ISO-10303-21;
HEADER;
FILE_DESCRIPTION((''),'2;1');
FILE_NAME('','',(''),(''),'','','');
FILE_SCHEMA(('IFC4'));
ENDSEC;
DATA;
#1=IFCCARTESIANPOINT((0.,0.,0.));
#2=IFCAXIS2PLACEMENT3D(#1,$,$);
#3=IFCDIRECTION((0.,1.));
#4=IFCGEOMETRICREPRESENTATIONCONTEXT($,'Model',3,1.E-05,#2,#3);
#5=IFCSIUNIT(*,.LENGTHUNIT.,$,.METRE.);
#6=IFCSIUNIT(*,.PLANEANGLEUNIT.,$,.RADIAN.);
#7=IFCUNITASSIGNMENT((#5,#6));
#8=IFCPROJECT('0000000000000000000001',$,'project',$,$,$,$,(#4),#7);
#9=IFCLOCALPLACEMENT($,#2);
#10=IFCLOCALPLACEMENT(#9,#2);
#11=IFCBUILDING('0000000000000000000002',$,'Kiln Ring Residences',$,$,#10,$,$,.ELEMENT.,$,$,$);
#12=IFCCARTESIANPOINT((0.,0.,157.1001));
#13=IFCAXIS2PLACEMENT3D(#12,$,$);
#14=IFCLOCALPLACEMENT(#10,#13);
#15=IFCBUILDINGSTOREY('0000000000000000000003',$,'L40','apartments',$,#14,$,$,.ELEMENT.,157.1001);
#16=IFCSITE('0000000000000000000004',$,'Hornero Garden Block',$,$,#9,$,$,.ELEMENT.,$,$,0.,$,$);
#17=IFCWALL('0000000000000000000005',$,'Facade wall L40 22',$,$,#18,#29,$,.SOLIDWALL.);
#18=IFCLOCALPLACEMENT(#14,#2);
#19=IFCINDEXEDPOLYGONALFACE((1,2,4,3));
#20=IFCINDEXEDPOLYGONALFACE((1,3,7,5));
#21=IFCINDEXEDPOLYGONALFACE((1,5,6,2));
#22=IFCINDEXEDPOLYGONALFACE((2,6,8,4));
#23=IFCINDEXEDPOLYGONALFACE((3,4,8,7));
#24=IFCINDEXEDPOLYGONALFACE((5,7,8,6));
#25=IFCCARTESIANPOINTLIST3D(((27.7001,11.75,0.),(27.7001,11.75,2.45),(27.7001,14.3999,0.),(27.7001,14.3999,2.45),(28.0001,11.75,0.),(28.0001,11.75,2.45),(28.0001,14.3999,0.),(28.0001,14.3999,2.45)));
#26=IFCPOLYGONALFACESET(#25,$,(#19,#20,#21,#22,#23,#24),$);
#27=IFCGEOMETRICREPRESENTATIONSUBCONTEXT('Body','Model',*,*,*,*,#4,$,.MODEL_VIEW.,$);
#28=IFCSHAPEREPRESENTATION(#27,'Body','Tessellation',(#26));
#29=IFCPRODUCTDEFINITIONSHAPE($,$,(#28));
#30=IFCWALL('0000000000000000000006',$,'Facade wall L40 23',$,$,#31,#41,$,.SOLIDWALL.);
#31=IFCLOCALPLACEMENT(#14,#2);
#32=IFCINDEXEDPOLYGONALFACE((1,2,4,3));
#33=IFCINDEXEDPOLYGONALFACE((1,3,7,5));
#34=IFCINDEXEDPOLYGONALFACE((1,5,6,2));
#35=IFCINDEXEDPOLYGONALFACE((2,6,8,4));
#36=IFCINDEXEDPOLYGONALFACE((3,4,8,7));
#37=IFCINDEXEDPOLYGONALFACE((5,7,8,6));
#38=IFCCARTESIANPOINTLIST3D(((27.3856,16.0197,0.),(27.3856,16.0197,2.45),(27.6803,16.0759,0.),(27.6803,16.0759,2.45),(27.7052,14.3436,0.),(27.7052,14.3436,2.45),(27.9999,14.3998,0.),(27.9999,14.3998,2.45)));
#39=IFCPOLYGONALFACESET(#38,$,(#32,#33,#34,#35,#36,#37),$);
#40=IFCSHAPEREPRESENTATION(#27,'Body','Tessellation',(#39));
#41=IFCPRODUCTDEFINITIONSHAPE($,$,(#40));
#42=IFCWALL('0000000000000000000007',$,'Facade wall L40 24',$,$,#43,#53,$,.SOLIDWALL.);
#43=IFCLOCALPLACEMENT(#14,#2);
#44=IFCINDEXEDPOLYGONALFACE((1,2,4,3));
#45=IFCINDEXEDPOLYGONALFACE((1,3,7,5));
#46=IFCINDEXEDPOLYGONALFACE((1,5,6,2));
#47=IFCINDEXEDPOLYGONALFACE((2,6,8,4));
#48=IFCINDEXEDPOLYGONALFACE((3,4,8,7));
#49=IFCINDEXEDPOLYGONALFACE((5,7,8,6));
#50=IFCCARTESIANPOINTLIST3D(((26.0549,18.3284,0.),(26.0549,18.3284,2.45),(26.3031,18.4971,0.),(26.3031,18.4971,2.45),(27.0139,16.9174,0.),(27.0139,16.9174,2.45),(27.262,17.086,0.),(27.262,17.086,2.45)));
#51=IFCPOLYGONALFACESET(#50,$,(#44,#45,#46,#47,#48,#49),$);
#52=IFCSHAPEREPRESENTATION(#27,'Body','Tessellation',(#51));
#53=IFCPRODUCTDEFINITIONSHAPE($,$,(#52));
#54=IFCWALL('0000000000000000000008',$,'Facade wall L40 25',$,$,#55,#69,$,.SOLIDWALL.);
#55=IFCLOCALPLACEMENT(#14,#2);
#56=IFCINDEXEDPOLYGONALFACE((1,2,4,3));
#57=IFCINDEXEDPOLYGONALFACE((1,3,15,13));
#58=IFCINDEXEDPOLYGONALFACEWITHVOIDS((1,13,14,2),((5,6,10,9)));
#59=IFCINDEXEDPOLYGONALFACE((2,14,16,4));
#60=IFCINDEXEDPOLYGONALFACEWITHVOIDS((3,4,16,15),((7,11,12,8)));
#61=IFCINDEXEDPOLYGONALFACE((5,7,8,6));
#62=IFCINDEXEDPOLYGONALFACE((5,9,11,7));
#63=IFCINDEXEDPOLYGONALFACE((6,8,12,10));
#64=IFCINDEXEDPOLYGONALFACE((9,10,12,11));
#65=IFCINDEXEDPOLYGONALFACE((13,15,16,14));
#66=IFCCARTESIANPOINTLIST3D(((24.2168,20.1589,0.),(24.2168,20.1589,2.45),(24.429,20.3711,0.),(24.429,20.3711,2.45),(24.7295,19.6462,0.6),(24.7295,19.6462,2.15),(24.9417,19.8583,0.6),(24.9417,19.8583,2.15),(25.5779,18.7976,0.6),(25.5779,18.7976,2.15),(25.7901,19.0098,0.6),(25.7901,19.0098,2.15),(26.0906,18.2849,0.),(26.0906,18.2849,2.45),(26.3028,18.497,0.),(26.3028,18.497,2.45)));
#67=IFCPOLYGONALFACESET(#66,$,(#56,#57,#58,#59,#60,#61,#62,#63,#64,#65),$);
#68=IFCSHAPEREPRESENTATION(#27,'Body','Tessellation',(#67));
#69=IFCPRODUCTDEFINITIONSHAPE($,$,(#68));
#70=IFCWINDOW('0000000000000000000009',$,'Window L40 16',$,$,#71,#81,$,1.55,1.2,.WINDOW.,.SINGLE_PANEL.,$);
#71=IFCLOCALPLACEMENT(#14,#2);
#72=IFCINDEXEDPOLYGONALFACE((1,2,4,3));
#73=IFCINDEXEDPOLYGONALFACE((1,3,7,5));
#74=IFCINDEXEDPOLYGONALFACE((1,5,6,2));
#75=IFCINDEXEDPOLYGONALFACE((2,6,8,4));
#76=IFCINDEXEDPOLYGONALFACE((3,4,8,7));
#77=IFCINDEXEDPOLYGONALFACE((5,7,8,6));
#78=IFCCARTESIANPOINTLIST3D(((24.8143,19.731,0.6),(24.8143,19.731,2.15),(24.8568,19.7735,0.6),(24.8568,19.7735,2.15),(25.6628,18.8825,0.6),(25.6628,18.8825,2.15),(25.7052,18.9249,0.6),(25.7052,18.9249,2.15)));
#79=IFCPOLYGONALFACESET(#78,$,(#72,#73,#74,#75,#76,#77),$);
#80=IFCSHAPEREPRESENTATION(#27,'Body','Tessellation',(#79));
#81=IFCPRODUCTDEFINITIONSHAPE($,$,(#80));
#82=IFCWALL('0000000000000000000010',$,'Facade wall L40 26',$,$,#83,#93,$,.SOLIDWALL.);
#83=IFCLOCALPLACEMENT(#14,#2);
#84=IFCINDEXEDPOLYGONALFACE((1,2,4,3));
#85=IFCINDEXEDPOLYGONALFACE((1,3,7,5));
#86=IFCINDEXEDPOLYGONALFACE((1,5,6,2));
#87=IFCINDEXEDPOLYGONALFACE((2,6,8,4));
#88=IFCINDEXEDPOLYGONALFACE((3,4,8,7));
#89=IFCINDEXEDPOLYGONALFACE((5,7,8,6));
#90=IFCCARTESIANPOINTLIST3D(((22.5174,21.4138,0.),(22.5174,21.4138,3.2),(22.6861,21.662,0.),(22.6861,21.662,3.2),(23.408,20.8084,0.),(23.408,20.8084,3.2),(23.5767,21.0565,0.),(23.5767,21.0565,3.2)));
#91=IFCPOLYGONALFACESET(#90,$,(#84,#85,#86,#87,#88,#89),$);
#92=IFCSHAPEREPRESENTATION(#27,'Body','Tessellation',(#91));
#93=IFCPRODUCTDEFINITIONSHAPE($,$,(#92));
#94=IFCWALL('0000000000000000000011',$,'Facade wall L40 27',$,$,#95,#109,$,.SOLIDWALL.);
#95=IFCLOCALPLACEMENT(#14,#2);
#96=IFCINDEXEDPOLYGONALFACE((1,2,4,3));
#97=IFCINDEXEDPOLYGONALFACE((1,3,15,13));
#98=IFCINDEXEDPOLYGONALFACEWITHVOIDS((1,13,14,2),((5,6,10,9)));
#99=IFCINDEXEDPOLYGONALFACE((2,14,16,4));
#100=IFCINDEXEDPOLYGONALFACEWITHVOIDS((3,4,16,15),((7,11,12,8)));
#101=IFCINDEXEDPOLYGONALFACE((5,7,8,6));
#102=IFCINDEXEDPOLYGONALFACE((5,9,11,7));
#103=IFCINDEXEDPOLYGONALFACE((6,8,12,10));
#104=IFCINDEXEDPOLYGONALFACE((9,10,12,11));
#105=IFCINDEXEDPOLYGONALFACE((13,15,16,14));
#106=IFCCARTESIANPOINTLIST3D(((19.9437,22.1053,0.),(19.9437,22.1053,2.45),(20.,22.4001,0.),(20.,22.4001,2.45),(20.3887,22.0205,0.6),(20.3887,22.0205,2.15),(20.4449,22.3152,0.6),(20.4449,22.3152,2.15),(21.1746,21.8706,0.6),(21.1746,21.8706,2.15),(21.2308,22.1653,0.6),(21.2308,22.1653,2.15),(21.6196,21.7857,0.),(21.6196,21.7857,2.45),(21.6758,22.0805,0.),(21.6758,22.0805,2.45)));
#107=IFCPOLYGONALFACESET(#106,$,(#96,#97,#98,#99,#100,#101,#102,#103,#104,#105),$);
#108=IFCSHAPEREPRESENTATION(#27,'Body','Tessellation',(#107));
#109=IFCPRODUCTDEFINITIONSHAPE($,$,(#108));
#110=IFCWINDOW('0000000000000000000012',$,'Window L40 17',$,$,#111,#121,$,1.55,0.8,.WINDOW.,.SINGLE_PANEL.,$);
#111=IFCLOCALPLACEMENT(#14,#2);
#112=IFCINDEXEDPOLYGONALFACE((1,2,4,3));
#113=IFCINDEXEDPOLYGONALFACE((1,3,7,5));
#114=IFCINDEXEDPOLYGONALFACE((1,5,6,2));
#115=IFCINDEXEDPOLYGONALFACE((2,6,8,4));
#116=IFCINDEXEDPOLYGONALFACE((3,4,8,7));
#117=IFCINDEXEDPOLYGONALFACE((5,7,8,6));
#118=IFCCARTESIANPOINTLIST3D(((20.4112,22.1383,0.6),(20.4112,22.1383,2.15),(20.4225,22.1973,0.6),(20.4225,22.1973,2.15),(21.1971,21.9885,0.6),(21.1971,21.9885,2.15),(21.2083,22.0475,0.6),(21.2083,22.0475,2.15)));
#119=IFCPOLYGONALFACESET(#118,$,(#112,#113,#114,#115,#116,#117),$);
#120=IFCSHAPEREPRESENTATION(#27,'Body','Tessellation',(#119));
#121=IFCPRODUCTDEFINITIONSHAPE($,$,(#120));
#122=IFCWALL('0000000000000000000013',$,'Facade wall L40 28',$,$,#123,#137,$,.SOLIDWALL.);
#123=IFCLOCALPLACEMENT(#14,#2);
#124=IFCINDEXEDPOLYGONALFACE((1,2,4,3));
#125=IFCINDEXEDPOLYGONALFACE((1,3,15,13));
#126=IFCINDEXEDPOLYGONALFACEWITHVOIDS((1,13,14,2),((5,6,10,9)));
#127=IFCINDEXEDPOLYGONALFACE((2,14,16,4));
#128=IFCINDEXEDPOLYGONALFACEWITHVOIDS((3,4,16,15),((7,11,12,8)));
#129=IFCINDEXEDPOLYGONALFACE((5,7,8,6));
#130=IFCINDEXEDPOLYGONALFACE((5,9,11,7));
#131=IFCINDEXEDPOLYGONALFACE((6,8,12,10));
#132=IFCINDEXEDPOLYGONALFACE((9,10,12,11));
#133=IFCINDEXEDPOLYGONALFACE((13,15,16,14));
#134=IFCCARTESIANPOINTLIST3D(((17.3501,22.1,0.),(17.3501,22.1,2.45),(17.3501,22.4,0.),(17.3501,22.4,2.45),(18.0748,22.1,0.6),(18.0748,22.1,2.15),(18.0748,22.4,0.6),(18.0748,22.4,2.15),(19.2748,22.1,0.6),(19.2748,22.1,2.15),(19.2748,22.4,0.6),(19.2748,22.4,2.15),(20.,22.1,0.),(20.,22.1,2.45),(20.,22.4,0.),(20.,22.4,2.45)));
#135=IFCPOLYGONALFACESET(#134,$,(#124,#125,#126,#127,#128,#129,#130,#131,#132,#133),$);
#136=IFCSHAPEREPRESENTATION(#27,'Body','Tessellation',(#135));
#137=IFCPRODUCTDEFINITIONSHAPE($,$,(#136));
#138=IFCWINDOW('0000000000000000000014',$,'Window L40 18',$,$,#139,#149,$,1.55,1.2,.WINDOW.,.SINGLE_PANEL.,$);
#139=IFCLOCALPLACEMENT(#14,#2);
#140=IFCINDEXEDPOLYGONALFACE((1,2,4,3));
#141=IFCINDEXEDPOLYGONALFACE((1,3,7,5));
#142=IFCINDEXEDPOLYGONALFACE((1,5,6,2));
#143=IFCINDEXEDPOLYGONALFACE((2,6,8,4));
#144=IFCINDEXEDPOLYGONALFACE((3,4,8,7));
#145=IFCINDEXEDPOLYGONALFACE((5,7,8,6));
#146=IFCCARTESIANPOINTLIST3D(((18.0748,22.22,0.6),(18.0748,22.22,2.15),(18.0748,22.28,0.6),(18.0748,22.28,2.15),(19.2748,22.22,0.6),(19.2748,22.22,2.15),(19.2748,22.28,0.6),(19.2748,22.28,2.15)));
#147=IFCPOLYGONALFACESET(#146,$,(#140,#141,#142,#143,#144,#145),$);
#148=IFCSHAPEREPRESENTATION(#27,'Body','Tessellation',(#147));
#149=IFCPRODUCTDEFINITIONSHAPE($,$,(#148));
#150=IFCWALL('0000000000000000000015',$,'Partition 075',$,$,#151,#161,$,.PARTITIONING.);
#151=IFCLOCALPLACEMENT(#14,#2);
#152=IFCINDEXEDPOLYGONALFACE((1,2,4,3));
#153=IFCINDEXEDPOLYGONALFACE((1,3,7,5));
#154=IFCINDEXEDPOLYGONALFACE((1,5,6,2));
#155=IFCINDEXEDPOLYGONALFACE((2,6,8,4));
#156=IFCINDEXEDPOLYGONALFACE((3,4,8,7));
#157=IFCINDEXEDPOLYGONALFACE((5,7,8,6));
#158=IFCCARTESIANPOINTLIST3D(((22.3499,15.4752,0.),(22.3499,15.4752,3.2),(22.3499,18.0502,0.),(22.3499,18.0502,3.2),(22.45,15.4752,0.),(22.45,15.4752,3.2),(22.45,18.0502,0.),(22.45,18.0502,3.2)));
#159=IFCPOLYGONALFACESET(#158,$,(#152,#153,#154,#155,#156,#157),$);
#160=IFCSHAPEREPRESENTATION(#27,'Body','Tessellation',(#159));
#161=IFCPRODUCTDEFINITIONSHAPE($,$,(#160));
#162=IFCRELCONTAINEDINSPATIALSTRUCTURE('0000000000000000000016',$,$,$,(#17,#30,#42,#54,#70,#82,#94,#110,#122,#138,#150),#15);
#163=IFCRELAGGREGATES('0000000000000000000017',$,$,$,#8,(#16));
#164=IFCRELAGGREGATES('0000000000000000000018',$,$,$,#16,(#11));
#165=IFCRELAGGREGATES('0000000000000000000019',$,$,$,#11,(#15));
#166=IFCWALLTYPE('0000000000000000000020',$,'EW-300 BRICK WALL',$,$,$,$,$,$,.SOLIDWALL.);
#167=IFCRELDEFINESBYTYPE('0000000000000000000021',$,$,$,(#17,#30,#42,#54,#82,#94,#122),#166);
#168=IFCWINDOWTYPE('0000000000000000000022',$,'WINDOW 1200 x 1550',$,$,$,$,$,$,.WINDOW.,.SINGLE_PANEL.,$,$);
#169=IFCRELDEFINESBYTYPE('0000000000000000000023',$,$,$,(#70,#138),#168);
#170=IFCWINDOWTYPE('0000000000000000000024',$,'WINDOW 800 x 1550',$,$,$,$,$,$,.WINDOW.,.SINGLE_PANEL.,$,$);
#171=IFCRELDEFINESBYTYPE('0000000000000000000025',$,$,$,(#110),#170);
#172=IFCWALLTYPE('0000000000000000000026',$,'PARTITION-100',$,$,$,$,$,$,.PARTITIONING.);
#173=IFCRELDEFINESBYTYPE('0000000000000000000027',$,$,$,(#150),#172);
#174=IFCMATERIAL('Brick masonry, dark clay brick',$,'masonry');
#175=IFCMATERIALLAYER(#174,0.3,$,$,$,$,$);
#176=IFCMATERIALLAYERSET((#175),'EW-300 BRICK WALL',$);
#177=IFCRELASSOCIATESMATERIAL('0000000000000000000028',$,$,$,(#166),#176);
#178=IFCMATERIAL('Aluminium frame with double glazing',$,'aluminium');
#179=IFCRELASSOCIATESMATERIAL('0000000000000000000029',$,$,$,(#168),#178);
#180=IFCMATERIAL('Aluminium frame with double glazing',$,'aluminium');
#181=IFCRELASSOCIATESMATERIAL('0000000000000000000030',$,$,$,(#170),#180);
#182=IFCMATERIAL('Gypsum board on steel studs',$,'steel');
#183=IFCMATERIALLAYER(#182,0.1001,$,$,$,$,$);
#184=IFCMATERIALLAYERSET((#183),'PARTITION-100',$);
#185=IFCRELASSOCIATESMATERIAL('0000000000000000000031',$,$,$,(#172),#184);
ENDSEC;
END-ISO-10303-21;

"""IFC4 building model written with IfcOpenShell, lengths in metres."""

from ifc_helpers import new_model, si_unit, direction, frame, frame_2d, origin, place, context, subcontext, project, spatial, rectangle, extrude, material, layer, layer_set, type_object, element, fill, save


model = new_model("IFC4")

# Units and contexts
model_context = context("Model", 3, precision=1e-05, world=origin(), true_north=direction((0.0, 1.0)))
body_context = subcontext(model_context, "Body", "Model", "MODEL_VIEW")
ifc_project = project(units=[si_unit("LENGTHUNIT", "METRE"), si_unit("PLANEANGLEUNIT", "RADIAN")], contexts=[model_context])

# Site, building, storey
site_placement = place(None, origin())
site = spatial("IfcSite", under=ifc_project, at=site_placement, Name="Hornero Garden Block", CompositionType="ELEMENT", RefElevation=0.0)
building_placement = place(site_placement, origin())
building = spatial("IfcBuilding", under=site, at=building_placement, Name="Kiln Ring Residences", CompositionType="ELEMENT")
storey_placement = place(building_placement, frame((0.0, 0.0, 157.1001)))
storey = spatial("IfcBuildingStorey", under=building, at=storey_placement, Name="L40", Description="apartments", CompositionType="ELEMENT", Elevation=157.1001)

# Walls
ifc_material_1 = material(Name="Brick masonry, dark clay brick", Category="masonry")
ifc_layer_1 = layer(ifc_material_1, 0.3)
ifc_layer_set_1 = layer_set([ifc_layer_1], Name="EW-300 BRICK WALL")
wall_type_1 = type_object("IfcWallType", Name="EW-300 BRICK WALL", PredefinedType="SOLIDWALL", material=ifc_layer_set_1)
wall_1_placement = place(storey_placement, frame((27.8501, 11.75, 0.0), z_axis=(0.0, 0.0, 1.0), x_axis=(0.0, 1.0, 0.0)))
element("IfcWall", 1, at=wall_1_placement, inside=storey, type_object=wall_type_1, Name="Facade wall L40 22", PredefinedType="SOLIDWALL", context=body_context, shape_type="SweptSolid", body=[
    extrude(rectangle(XDim=2.6499, YDim=0.3, at=frame_2d((1.325, 0.0))), origin(), (0.0, 0.0, 1.0), 2.45),
])
wall_2_placement = place(storey_placement, frame((27.8525, 14.3718, 0.0), z_axis=(0.0, 0.0, 1.0), x_axis=(-0.187303, 0.982302, 0.0)))
element("IfcWall", 2, at=wall_2_placement, inside=storey, type_object=wall_type_1, Name="Facade wall L40 23", PredefinedType="SOLIDWALL", context=body_context, shape_type="SweptSolid", body=[
    extrude(rectangle(XDim=1.7063, YDim=0.3, at=frame_2d((0.853, 0.0))), origin(), (0.0, 0.0, 1.0), 2.45),
])
wall_3_placement = place(storey_placement, frame((27.1379, 17.0017, 0.0), z_axis=(0.0, 0.0, 1.0), x_axis=(-0.562075, 0.827086, 0.0)))
element("IfcWall", 3, at=wall_3_placement, inside=storey, type_object=wall_type_1, Name="Facade wall L40 24", PredefinedType="SOLIDWALL", context=body_context, shape_type="SweptSolid", body=[
    extrude(rectangle(XDim=1.7061, YDim=0.3, at=frame_2d((0.853, 0.0))), origin(), (0.0, 0.0, 1.0), 2.45),
])

# Wall, opening, window
wall_4_placement = place(storey_placement, frame((26.1968, 18.3909, 0.0), z_axis=(0.0, 0.0, 1.0), x_axis=(-0.707061, 0.707153, 0.0)))
wall_4 = element("IfcWall", 4, at=wall_4_placement, inside=storey, type_object=wall_type_1, Name="Facade wall L40 25", PredefinedType="SOLIDWALL", context=body_context, shape_type="SweptSolid", body=[
    extrude(rectangle(XDim=2.6501, YDim=0.3, at=frame_2d((1.3252, 0.0))), origin(), (0.0, 0.0, 1.0), 2.45),
])
opening_1_placement = place(wall_4_placement, frame((0.7251, 0.0, 0.6001)))
opening_1 = element("IfcOpeningElement", 5, at=opening_1_placement, cuts=wall_4, PredefinedType="OPENING", context=body_context, shape_type="SweptSolid", body=[
    extrude(rectangle(XDim=1.2, YDim=1.55, at=frame_2d((0.6001, 0.7749))), frame((0.0, 0.1599, 0.0), z_axis=(0.0, -1.0, 0.0), x_axis=(1.0, 0.0, 0.0)), (0.0, 0.0, 1.0), 0.3201),
])
ifc_material_2 = material(Name="Aluminium frame with double glazing", Category="aluminium")
window_type_1 = type_object("IfcWindowType", Name="WINDOW 1200 x 1550", PartitioningType="SINGLE_PANEL", PredefinedType="WINDOW", material=ifc_material_2)
window_1_placement = place(opening_1_placement, origin())
window_1 = element("IfcWindow", 6, at=window_1_placement, inside=storey, type_object=window_type_1, Name="Window L40 16", OverallHeight=1.55, OverallWidth=1.2, PartitioningType="SINGLE_PANEL", PredefinedType="WINDOW", context=body_context, shape_type="SweptSolid", body=[
    extrude(rectangle(XDim=1.2, YDim=1.55, at=frame_2d((0.6001, 0.7749))), frame((0.0, 0.03, 0.0), z_axis=(0.0, -1.0, 0.0), x_axis=(1.0, 0.0, 0.0)), (0.0, 0.0, 1.0), 0.0601),
])
fill(opening_1, window_1)

# Wall
wall_5_placement = place(storey_placement, frame((23.4924, 20.9324, 0.0), z_axis=(0.0, 0.0, 1.0), x_axis=(-0.826994, 0.562211, 0.0)))
element("IfcWall", 7, at=wall_5_placement, inside=storey, type_object=wall_type_1, Name="Facade wall L40 26", PredefinedType="SOLIDWALL", context=body_context, shape_type="SweptSolid", body=[
    extrude(rectangle(XDim=1.0769, YDim=0.3, at=frame_2d((0.5386, 0.0))), origin(), (0.0, 0.0, 1.0), 3.2),
])

# Walls, openings, windows
wall_6_placement = place(storey_placement, frame((21.6477, 21.9331, 0.0), z_axis=(0.0, 0.0, 1.0), x_axis=(-0.982297, 0.187329, 0.0)))
wall_6 = element("IfcWall", 8, at=wall_6_placement, inside=storey, type_object=wall_type_1, Name="Facade wall L40 27", PredefinedType="SOLIDWALL", context=body_context, shape_type="SweptSolid", body=[
    extrude(rectangle(XDim=1.7061, YDim=0.3, at=frame_2d((0.853, 0.0))), origin(), (0.0, 0.0, 1.0), 2.45),
])
opening_2_placement = place(wall_6_placement, frame((0.4531, 0.0, 0.6001)))
opening_2 = element("IfcOpeningElement", 9, at=opening_2_placement, cuts=wall_6, PredefinedType="OPENING", context=body_context, shape_type="SweptSolid", body=[
    extrude(rectangle(XDim=0.8, YDim=1.55, at=frame_2d((0.3999, 0.7749))), frame((0.0, 0.1599, 0.0), z_axis=(0.0, -1.0, 0.0), x_axis=(1.0, 0.0, 0.0)), (0.0, 0.0, 1.0), 0.3201),
])
ifc_material_3 = material(Name="Aluminium frame with double glazing", Category="aluminium")
window_type_2 = type_object("IfcWindowType", Name="WINDOW 800 x 1550", PartitioningType="SINGLE_PANEL", PredefinedType="WINDOW", material=ifc_material_3)
window_2_placement = place(opening_2_placement, origin())
window_2 = element("IfcWindow", 10, at=window_2_placement, inside=storey, type_object=window_type_2, Name="Window L40 17", OverallHeight=1.55, OverallWidth=0.8, PartitioningType="SINGLE_PANEL", PredefinedType="WINDOW", context=body_context, shape_type="SweptSolid", body=[
    extrude(rectangle(XDim=0.8, YDim=1.55, at=frame_2d((0.3999, 0.7749))), frame((0.0, 0.03, 0.0), z_axis=(0.0, -1.0, 0.0), x_axis=(1.0, 0.0, 0.0)), (0.0, 0.0, 1.0), 0.0601),
])
fill(opening_2, window_2)
wall_7_placement = place(storey_placement, frame((20.0, 22.25, 0.0), z_axis=(0.0, 0.0, 1.0), x_axis=(-1.0, 0.0, 0.0)))
wall_7 = element("IfcWall", 11, at=wall_7_placement, inside=storey, type_object=wall_type_1, Name="Facade wall L40 28", PredefinedType="SOLIDWALL", context=body_context, shape_type="SweptSolid", body=[
    extrude(rectangle(XDim=2.6499, YDim=0.3, at=frame_2d((1.325, 0.0))), origin(), (0.0, 0.0, 1.0), 2.45),
])
opening_3_placement = place(wall_7_placement, frame((0.7251, 0.0, 0.6001)))
opening_3 = element("IfcOpeningElement", 12, at=opening_3_placement, cuts=wall_7, PredefinedType="OPENING", context=body_context, shape_type="SweptSolid", body=[
    extrude(rectangle(XDim=1.2, YDim=1.55, at=frame_2d((0.6001, 0.7749))), frame((0.0, 0.1599, 0.0), z_axis=(0.0, -1.0, 0.0), x_axis=(1.0, 0.0, 0.0)), (0.0, 0.0, 1.0), 0.3201),
])
window_3_placement = place(opening_3_placement, origin())
window_3 = element("IfcWindow", 13, at=window_3_placement, inside=storey, type_object=window_type_1, Name="Window L40 18", OverallHeight=1.55, OverallWidth=1.2, PartitioningType="SINGLE_PANEL", PredefinedType="WINDOW", context=body_context, shape_type="SweptSolid", body=[
    extrude(rectangle(XDim=1.2, YDim=1.55, at=frame_2d((0.6001, 0.7749))), frame((0.0, 0.03, 0.0), z_axis=(0.0, -1.0, 0.0), x_axis=(1.0, 0.0, 0.0)), (0.0, 0.0, 1.0), 0.0601),
])
fill(opening_3, window_3)

# Wall
ifc_material_4 = material(Name="Gypsum board on steel studs", Category="steel")
ifc_layer_2 = layer(ifc_material_4, 0.1001)
ifc_layer_set_2 = layer_set([ifc_layer_2], Name="PARTITION-100")
wall_type_2 = type_object("IfcWallType", Name="PARTITION-100", PredefinedType="PARTITIONING", material=ifc_layer_set_2)
wall_8_placement = place(storey_placement, frame((22.3999, 15.4751, 0.0), z_axis=(0.0, 0.0, 1.0), x_axis=(0.0, 1.0, 0.0)))
element("IfcWall", 14, at=wall_8_placement, inside=storey, type_object=wall_type_2, Name="Partition 075", PredefinedType="PARTITIONING", context=body_context, shape_type="SweptSolid", body=[
    extrude(rectangle(XDim=2.575, YDim=0.1001, at=frame_2d((1.2876, 0.0))), origin(), (0.0, 0.0, 1.0), 3.2),
])

save(model, "model.ifc")
